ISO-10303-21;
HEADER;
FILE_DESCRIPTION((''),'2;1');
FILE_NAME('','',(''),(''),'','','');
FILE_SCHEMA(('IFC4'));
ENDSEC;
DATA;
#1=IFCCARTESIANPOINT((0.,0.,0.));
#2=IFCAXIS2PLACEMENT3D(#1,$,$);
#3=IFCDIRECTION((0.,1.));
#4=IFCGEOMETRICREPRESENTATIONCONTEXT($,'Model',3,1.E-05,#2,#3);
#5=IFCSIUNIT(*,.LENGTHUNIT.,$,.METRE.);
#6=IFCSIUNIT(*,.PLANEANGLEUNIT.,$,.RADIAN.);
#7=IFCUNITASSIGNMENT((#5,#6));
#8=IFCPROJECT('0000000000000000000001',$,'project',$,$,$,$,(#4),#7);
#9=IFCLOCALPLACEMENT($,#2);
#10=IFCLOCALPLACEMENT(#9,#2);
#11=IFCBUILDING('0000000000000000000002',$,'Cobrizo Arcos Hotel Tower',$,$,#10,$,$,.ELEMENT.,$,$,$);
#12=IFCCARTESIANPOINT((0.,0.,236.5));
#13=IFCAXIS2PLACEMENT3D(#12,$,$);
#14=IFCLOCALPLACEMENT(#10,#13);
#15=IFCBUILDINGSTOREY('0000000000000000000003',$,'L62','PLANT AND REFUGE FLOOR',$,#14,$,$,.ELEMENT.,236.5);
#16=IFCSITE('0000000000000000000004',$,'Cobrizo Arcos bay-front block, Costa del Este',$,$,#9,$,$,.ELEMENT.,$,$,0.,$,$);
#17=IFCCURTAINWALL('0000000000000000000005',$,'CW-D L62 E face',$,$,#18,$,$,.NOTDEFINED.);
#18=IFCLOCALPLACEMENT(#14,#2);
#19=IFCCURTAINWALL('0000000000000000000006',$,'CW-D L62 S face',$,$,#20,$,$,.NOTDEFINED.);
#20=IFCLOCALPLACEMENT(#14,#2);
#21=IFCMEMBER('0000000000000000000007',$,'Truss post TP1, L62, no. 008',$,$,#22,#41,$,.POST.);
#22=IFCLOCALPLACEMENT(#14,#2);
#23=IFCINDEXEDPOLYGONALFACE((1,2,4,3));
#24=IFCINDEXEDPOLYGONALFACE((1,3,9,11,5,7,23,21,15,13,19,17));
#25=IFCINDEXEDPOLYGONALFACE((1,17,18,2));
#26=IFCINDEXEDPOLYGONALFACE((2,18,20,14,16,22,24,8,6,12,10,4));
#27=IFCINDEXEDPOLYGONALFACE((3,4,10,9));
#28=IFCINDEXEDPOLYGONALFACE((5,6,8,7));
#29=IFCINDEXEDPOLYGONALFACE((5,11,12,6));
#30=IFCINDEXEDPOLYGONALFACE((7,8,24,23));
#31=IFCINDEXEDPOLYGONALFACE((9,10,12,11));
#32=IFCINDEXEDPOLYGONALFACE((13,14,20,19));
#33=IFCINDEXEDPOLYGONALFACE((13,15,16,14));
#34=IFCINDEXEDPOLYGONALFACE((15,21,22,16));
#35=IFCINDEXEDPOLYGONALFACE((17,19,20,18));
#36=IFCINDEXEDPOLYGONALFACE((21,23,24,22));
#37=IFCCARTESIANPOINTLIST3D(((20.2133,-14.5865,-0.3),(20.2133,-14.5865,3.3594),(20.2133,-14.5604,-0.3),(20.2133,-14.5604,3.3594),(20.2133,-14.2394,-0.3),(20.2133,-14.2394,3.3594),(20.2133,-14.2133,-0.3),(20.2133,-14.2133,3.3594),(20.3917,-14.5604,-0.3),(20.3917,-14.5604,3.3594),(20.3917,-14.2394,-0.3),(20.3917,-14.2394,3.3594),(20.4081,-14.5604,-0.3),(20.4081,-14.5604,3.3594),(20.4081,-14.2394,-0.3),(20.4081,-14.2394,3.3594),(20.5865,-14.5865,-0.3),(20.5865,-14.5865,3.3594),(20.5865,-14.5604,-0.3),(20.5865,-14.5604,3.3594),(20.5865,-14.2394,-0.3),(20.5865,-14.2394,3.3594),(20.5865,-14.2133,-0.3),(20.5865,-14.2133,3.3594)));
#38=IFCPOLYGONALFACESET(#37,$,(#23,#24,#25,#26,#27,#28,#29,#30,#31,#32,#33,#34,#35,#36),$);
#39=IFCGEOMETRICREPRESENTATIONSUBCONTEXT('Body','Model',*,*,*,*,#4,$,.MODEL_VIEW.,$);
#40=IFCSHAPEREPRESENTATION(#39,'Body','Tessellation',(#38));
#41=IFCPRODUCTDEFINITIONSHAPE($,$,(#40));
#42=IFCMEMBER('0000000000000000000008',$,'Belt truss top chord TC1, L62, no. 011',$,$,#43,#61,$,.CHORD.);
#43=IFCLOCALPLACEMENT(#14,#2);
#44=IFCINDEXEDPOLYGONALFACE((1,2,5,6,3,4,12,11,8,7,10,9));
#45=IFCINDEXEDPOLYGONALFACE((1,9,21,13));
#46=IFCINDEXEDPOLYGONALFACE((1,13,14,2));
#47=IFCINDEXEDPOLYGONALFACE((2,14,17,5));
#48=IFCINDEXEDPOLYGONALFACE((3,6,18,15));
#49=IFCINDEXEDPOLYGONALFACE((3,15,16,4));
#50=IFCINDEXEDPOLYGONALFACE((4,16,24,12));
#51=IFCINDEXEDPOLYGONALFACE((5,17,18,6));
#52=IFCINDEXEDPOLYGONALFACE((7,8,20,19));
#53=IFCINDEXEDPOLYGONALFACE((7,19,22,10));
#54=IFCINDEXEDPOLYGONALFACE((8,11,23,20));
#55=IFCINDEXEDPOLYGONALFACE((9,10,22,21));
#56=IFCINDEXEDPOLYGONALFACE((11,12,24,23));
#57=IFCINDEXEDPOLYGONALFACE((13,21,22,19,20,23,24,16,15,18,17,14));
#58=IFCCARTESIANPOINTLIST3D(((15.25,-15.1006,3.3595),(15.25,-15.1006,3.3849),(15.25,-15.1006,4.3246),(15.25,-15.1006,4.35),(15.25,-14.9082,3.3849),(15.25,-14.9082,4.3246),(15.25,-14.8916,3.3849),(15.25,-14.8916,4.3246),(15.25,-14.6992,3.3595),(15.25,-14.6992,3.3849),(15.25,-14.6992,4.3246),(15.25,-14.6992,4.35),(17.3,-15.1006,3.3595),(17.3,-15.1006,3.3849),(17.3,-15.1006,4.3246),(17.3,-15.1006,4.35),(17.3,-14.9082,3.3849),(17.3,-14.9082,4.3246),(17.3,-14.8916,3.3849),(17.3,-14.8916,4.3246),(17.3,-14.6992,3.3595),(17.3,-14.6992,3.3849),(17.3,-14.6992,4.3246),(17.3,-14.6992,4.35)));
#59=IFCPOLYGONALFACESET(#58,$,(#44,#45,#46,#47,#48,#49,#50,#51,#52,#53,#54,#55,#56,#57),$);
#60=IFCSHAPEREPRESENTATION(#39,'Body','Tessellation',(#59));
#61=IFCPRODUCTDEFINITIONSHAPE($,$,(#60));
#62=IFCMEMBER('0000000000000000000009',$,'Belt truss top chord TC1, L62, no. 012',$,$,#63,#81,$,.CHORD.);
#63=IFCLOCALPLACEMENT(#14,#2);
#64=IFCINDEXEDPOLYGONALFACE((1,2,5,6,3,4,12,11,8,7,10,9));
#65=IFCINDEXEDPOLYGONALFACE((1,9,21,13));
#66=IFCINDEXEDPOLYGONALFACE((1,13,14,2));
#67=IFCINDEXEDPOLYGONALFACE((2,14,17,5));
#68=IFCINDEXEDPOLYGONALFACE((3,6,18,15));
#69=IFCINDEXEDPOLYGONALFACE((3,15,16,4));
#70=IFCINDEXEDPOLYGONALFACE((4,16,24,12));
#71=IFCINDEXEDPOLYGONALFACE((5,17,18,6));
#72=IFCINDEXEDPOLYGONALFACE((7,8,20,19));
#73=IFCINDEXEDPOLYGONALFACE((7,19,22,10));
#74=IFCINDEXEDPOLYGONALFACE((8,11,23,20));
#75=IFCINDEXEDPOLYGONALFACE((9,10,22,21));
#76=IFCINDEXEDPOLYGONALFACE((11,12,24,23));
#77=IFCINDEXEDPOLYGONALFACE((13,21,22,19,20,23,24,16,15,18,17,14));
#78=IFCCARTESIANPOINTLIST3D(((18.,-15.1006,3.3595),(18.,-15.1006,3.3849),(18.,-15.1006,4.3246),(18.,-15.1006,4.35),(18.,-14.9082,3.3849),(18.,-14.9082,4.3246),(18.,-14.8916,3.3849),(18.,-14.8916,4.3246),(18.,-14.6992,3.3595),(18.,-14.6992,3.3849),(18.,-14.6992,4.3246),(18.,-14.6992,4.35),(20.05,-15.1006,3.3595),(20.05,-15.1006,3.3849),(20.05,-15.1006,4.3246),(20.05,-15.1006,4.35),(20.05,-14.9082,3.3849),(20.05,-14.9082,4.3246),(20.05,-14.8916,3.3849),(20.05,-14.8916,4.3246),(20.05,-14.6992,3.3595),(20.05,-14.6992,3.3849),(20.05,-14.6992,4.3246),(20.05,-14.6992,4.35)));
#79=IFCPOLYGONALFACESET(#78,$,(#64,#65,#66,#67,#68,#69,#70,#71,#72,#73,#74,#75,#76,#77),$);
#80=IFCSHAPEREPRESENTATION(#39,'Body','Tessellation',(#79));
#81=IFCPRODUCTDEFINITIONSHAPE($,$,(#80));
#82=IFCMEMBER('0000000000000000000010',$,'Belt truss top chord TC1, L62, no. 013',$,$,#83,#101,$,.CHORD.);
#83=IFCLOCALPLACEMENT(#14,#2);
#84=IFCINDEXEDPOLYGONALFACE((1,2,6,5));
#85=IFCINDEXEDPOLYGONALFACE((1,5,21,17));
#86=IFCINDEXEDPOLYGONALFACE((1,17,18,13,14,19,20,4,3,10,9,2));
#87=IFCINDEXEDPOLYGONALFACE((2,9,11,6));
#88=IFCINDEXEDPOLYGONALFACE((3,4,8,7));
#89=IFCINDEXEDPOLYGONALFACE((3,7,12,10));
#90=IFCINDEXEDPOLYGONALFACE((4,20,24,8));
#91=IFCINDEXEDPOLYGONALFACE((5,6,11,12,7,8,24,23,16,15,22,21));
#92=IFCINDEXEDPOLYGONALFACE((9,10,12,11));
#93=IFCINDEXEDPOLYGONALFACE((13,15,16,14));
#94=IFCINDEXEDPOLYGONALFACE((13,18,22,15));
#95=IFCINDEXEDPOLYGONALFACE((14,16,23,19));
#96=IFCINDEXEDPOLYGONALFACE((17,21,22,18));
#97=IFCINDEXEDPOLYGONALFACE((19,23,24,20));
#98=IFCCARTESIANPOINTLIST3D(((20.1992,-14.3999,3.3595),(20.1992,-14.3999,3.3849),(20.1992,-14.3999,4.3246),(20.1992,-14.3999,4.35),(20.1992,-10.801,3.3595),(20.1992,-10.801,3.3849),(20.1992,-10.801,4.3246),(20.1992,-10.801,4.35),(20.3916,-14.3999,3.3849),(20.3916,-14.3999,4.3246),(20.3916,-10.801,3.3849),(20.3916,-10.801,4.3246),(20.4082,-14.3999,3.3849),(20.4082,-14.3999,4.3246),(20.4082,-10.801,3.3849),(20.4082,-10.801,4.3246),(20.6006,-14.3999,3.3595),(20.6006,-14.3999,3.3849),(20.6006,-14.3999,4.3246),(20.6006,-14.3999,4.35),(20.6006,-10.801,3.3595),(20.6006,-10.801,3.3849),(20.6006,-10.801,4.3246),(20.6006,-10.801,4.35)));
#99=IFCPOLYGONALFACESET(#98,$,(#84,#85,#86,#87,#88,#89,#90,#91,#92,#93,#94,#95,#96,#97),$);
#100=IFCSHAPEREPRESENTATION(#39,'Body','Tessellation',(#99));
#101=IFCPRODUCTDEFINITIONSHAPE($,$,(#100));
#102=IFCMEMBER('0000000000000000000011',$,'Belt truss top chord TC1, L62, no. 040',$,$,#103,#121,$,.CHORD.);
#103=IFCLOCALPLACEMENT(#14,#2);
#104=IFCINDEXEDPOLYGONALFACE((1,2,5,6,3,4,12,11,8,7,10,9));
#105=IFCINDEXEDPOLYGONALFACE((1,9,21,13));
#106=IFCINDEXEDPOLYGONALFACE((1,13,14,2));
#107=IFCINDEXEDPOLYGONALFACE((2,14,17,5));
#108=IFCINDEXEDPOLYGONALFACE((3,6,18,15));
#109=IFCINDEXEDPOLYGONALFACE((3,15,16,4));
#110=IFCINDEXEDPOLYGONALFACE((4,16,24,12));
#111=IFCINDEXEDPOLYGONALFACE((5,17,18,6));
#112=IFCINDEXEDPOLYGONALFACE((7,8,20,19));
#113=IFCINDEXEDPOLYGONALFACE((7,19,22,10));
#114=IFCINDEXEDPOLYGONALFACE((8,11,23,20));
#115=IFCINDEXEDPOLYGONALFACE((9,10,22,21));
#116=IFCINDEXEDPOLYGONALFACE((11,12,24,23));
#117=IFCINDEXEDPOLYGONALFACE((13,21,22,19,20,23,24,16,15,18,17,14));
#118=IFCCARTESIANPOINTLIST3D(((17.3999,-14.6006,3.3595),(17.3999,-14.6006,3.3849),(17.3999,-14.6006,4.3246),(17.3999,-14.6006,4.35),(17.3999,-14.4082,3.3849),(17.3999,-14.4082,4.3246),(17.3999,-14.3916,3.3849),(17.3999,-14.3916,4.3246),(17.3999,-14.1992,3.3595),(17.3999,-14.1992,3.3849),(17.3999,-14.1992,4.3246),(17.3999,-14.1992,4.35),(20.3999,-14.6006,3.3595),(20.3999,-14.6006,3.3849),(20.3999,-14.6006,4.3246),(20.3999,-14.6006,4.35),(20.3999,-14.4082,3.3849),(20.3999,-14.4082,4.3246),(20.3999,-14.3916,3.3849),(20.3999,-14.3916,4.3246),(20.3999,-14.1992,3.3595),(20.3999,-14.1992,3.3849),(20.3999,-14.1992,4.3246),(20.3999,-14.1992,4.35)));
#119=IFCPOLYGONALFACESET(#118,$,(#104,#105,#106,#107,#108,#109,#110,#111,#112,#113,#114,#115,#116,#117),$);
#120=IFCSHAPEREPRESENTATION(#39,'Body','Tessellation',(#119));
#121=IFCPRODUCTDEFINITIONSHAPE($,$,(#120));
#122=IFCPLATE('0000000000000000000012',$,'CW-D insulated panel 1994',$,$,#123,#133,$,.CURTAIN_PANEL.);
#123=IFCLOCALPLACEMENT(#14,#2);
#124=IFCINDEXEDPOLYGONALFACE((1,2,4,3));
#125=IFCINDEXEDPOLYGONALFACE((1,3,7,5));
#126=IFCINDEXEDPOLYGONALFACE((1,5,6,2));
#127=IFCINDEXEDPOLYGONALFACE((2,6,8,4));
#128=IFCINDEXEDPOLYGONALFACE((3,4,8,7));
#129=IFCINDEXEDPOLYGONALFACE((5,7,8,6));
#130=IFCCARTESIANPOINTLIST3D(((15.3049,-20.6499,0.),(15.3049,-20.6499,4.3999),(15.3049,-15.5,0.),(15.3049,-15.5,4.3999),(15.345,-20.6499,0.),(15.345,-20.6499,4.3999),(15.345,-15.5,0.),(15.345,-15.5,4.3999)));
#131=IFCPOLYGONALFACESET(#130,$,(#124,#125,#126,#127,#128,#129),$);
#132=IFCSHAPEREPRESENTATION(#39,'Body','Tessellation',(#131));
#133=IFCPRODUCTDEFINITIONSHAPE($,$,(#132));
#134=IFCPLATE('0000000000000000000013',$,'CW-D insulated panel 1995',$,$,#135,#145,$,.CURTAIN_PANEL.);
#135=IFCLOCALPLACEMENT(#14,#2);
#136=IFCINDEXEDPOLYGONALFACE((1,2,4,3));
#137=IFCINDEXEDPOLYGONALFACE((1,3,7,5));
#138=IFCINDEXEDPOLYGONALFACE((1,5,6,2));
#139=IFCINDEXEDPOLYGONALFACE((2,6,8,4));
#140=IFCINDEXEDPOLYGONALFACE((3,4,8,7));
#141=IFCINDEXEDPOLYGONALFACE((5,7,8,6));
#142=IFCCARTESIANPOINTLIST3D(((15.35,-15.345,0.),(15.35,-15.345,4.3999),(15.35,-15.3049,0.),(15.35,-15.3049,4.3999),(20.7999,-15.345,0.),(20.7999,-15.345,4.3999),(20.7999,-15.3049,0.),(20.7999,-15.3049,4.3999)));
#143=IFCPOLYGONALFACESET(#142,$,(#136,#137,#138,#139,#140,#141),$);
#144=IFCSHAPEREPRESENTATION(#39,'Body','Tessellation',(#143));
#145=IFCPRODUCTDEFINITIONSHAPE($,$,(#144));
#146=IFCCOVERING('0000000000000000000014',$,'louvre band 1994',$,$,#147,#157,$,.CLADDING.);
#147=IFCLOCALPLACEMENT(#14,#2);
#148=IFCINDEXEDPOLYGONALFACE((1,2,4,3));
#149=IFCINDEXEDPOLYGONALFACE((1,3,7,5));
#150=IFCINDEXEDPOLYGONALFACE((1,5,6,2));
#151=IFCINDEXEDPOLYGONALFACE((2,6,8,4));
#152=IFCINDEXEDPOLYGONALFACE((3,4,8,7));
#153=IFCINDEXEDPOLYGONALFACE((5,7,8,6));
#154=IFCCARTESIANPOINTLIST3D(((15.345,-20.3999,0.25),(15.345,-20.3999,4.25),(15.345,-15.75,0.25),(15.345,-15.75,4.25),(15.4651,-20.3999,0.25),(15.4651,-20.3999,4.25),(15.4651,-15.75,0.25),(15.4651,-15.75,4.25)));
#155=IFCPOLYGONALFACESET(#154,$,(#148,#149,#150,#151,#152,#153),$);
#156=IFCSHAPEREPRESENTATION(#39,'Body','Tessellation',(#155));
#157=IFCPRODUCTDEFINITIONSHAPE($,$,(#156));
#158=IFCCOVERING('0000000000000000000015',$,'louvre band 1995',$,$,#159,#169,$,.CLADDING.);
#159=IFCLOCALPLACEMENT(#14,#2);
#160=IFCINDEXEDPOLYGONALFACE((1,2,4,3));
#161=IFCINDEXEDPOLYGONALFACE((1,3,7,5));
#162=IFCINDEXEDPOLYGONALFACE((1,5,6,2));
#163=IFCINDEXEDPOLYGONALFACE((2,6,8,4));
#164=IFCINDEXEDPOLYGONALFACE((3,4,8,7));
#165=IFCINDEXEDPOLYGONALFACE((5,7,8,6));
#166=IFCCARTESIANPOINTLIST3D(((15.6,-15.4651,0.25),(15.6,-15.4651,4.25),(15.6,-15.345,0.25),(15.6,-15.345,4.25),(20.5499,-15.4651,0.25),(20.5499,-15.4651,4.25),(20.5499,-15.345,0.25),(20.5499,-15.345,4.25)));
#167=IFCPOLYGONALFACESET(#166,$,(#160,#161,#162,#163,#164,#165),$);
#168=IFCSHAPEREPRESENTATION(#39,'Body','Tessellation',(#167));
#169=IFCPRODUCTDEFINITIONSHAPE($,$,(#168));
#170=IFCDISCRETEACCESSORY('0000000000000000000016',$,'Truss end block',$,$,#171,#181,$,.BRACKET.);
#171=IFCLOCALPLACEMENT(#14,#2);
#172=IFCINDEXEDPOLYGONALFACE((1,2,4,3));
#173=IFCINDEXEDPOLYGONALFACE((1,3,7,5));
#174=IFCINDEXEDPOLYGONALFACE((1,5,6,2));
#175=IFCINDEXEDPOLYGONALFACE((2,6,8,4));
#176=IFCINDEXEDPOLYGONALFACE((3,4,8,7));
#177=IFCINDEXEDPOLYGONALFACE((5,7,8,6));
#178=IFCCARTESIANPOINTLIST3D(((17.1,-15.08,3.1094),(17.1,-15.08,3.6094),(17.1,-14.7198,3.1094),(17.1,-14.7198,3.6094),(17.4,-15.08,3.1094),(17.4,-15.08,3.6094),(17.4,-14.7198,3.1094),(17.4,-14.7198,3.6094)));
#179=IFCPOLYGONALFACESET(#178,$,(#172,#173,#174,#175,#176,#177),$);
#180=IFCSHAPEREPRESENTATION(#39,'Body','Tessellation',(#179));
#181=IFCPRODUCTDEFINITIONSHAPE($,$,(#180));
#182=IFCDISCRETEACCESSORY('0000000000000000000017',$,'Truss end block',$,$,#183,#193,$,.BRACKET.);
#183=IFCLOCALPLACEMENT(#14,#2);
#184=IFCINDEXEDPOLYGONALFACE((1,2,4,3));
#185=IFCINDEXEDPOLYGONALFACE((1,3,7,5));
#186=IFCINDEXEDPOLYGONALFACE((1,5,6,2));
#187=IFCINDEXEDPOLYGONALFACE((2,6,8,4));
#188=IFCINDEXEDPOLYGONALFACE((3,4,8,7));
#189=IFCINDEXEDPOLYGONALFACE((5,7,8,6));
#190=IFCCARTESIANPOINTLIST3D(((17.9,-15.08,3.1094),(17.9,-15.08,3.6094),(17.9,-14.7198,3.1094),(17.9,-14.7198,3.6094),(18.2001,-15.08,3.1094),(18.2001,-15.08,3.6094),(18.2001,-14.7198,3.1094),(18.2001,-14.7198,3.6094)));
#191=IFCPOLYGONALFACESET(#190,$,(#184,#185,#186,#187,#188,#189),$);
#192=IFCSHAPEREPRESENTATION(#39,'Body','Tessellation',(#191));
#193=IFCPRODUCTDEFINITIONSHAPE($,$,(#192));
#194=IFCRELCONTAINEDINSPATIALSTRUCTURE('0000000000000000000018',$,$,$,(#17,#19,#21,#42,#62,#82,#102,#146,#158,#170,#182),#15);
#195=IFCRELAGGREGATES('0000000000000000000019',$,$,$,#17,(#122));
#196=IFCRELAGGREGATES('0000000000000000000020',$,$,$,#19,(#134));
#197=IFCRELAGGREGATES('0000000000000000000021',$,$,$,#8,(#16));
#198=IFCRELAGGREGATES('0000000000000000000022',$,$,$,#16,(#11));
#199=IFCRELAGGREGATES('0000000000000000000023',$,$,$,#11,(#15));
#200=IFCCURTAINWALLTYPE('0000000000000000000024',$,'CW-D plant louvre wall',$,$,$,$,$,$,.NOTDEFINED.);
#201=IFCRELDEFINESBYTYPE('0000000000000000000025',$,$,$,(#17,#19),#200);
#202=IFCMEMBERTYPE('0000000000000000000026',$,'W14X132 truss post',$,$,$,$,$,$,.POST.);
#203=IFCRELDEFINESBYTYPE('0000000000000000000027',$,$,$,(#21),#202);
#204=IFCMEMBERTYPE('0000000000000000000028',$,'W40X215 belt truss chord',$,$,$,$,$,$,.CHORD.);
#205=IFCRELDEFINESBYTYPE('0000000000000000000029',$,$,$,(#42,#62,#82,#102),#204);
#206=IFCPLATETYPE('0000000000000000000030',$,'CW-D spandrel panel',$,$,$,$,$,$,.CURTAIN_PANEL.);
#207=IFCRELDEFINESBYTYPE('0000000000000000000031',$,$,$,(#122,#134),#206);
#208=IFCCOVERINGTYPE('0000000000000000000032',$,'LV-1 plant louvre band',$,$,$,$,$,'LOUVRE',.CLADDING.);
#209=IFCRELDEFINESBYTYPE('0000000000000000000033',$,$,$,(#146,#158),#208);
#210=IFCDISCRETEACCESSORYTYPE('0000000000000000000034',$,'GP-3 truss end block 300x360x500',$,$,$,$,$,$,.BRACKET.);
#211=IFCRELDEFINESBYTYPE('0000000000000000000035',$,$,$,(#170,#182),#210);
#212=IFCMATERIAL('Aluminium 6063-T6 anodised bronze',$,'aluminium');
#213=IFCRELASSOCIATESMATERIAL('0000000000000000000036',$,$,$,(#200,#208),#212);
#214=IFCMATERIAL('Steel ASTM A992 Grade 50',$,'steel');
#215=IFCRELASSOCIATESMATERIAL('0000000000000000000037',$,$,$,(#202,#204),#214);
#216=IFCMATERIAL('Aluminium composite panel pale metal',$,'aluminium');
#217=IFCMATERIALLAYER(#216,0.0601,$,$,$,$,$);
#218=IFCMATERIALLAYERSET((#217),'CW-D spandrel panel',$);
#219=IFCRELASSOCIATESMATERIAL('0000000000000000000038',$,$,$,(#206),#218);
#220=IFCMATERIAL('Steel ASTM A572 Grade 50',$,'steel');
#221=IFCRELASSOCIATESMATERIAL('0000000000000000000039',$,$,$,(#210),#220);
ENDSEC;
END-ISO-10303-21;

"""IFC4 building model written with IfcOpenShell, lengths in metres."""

from ifc_helpers import new_model, si_unit, direction, frame, origin, origin_2d, place, context, subcontext, project, spatial, rectangle, i_section, extrude, material, layer, layer_set, material_profile, profile_set, type_object, element, aggregate, save


model = new_model("IFC4")

# Units and contexts
model_context = context("Model", 3, precision=1e-05, world=origin(), true_north=direction((0.0, 1.0)))
body_context = subcontext(model_context, "Body", "Model", "MODEL_VIEW")
ifc_project = project(units=[si_unit("LENGTHUNIT", "METRE"), si_unit("PLANEANGLEUNIT", "RADIAN")], contexts=[model_context])

# Site, building, storey
site_placement = place(None, origin())
site = spatial("IfcSite", under=ifc_project, at=site_placement, Name="Cobrizo Arcos bay-front block, Costa del Este", CompositionType="ELEMENT", RefElevation=0.0)
building_placement = place(site_placement, origin())
building = spatial("IfcBuilding", under=site, at=building_placement, Name="Cobrizo Arcos Hotel Tower", CompositionType="ELEMENT")
storey_placement = place(building_placement, frame((0.0, 0.0, 236.5)))
storey = spatial("IfcBuildingStorey", under=building, at=storey_placement, Name="L62", Description="PLANT AND REFUGE FLOOR", CompositionType="ELEMENT", Elevation=236.5)

# Shared definitions
ifc_material_1 = material(Name="Steel ASTM A572 Grade 50", Category="steel")

# Shared definitions
ifc_material_2 = material(Name="Aluminium 6063-T6 anodised bronze", Category="aluminium")
curtain_wall_type = type_object("IfcCurtainWallType", Name="CW-D plant louvre wall", PredefinedType="NOTDEFINED", material=ifc_material_2)

# Curtain walls
curtain_wall_1_placement = place(storey_placement, origin())
curtain_wall_1 = element("IfcCurtainWall", 1, at=curtain_wall_1_placement, inside=storey, type_object=curtain_wall_type, Name="CW-D L62 E face", PredefinedType="NOTDEFINED")
curtain_wall_2_placement = place(storey_placement, origin())
curtain_wall_2 = element("IfcCurtainWall", 2, at=curtain_wall_2_placement, inside=storey, type_object=curtain_wall_type, Name="CW-D L62 S face", PredefinedType="NOTDEFINED")

# Members
ifc_material_3 = material(Name="Steel ASTM A992 Grade 50", Category="steel")
ifc_material_profile_1 = material_profile(ifc_material_3, i_section(OverallWidth=0.3733, OverallDepth=0.3733, WebThickness=0.0164, FlangeThickness=0.0261, at=origin_2d()), Name="W14X132")
ifc_profile_set_1 = profile_set([ifc_material_profile_1], Name="Steel ASTM A992 Grade 50")
member_type_1 = type_object("IfcMemberType", Name="W14X132 truss post", PredefinedType="POST", material=ifc_profile_set_1)
member_1_placement = place(storey_placement, frame((20.3999, -14.3999, -0.3), z_axis=(0.0, 0.0, 1.0), x_axis=(1.0, 0.0, 0.0)))
element("IfcMember", 3, at=member_1_placement, inside=storey, type_object=member_type_1, Name="Truss post TP1, L62, no. 008", PredefinedType="POST", context=body_context, shape_type="SweptSolid", body=[
    extrude(i_section(OverallWidth=0.3733, OverallDepth=0.3733, WebThickness=0.0164, FlangeThickness=0.0261, at=origin_2d()), origin(), (0.0, 0.0, 1.0), 3.6594),
])
ifc_material_profile_2 = material_profile(ifc_material_3, i_section(OverallWidth=0.4014, OverallDepth=0.9905, WebThickness=0.0166, FlangeThickness=0.0254, at=origin_2d()), Name="W40X215")
ifc_profile_set_2 = profile_set([ifc_material_profile_2], Name="Steel ASTM A992 Grade 50")
member_type_2 = type_object("IfcMemberType", Name="W40X215 belt truss chord", PredefinedType="CHORD", material=ifc_profile_set_2)
for number, where, z_axis, x_axis, name in (
    (4, (15.25, -14.8999, 3.8547), (1.0, 0.0, 0.0), (0.0, 1.0, 0.0), "Belt truss top chord TC1, L62, no. 011"),
    (5, (18.0, -14.8999, 3.8547), (1.0, 0.0, 0.0), (0.0, 1.0, 0.0), "Belt truss top chord TC1, L62, no. 012"),
):
    element("IfcMember", number, at=place(storey_placement, frame(where, z_axis=z_axis, x_axis=x_axis)), inside=storey, type_object=member_type_2, Name=name, PredefinedType="CHORD", context=body_context, shape_type="SweptSolid", body=[
        extrude(i_section(OverallWidth=0.4014, OverallDepth=0.9905, WebThickness=0.0166, FlangeThickness=0.0254, at=origin_2d()), origin(), (0.0, 0.0, 1.0), 2.05),
    ])
member_2_placement = place(storey_placement, frame((20.3999, -14.3999, 3.8547), z_axis=(0.0, 1.0, 0.0), x_axis=(-1.0, 0.0, 0.0)))
element("IfcMember", 6, at=member_2_placement, inside=storey, type_object=member_type_2, Name="Belt truss top chord TC1, L62, no. 013", PredefinedType="CHORD", context=body_context, shape_type="SweptSolid", body=[
    extrude(i_section(OverallWidth=0.4014, OverallDepth=0.9905, WebThickness=0.0166, FlangeThickness=0.0254, at=origin_2d()), origin(), (0.0, 0.0, 1.0), 3.5989),
])
member_3_placement = place(storey_placement, frame((17.3999, -14.3999, 3.8547), z_axis=(1.0, 0.0, 0.0), x_axis=(0.0, 1.0, 0.0)))
element("IfcMember", 7, at=member_3_placement, inside=storey, type_object=member_type_2, Name="Belt truss top chord TC1, L62, no. 040", PredefinedType="CHORD", context=body_context, shape_type="SweptSolid", body=[
    extrude(i_section(OverallWidth=0.4014, OverallDepth=0.9905, WebThickness=0.0166, FlangeThickness=0.0254, at=origin_2d()), origin(), (0.0, 0.0, 1.0), 3.0),
])

# Plates
ifc_material_4 = material(Name="Aluminium composite panel pale metal", Category="aluminium")
ifc_layer = layer(ifc_material_4, 0.0601)
ifc_layer_set = layer_set([ifc_layer], Name="CW-D spandrel panel")
plate_type = type_object("IfcPlateType", Name="CW-D spandrel panel", PredefinedType="CURTAIN_PANEL", material=ifc_layer_set)
plate_1_placement = place(storey_placement, frame((15.325, -18.075, 0.0), z_axis=(0.0, 0.0, 1.0), x_axis=(0.0, 1.0, 0.0)))
plate_1 = element("IfcPlate", 8, at=plate_1_placement, type_object=plate_type, Name="CW-D insulated panel 1994", PredefinedType="CURTAIN_PANEL", context=body_context, shape_type="SweptSolid", body=[
    extrude(rectangle(XDim=5.1499, YDim=0.04, at=origin_2d()), origin(), (0.0, 0.0, 1.0), 4.3999),
])
aggregate(curtain_wall_1, [plate_1])
plate_2_placement = place(storey_placement, frame((18.075, -15.325, 0.0), z_axis=(0.0, 0.0, 1.0), x_axis=(1.0, 0.0, 0.0)))
plate_2 = element("IfcPlate", 9, at=plate_2_placement, type_object=plate_type, Name="CW-D insulated panel 1995", PredefinedType="CURTAIN_PANEL", context=body_context, shape_type="SweptSolid", body=[
    extrude(rectangle(XDim=5.45, YDim=0.04, at=origin_2d()), origin(), (0.0, 0.0, 1.0), 4.3999),
])
aggregate(curtain_wall_2, [plate_2])

# Coverings
covering_type = type_object("IfcCoveringType", Name="LV-1 plant louvre band", ElementType="LOUVRE", PredefinedType="CLADDING", material=ifc_material_2)
covering_1_placement = place(storey_placement, frame((15.405, -18.075, 0.25), z_axis=(0.0, 0.0, 1.0), x_axis=(0.0, 1.0, 0.0)))
element("IfcCovering", 10, at=covering_1_placement, inside=storey, type_object=covering_type, Name="louvre band 1994", PredefinedType="CLADDING", context=body_context, shape_type="SweptSolid", body=[
    extrude(rectangle(XDim=4.6499, YDim=0.1201, at=origin_2d()), origin(), (0.0, 0.0, 1.0), 4.0),
])
covering_2_placement = place(storey_placement, frame((18.075, -15.405, 0.25), z_axis=(0.0, 0.0, 1.0), x_axis=(1.0, 0.0, 0.0)))
element("IfcCovering", 11, at=covering_2_placement, inside=storey, type_object=covering_type, Name="louvre band 1995", PredefinedType="CLADDING", context=body_context, shape_type="SweptSolid", body=[
    extrude(rectangle(XDim=4.95, YDim=0.1201, at=origin_2d()), origin(), (0.0, 0.0, 1.0), 4.0),
])

# Discrete accessories
discrete_accessory_type_1 = type_object("IfcDiscreteAccessoryType", Name="GP-3 truss end block 300x360x500", PredefinedType="BRACKET", material=ifc_material_1)
for number, where, z_axis, x_axis, name in (
    (12, (17.25, -14.8999, 3.1094), (0.0, 0.0, 1.0), (-1.0, 0.0, 0.0), "Truss end block"),
    (13, (18.05, -14.8999, 3.1094), (0.0, 0.0, 1.0), (1.0, 0.0, 0.0), "Truss end block"),
):
    element("IfcDiscreteAccessory", number, at=place(storey_placement, frame(where, z_axis=z_axis, x_axis=x_axis)), inside=storey, type_object=discrete_accessory_type_1, Name=name, PredefinedType="BRACKET", context=body_context, shape_type="SweptSolid", body=[
        extrude(rectangle(XDim=0.3, YDim=0.3601, at=origin_2d()), origin(), (0.0, 0.0, 1.0), 0.5),
    ])

save(model, "model.ifc")
